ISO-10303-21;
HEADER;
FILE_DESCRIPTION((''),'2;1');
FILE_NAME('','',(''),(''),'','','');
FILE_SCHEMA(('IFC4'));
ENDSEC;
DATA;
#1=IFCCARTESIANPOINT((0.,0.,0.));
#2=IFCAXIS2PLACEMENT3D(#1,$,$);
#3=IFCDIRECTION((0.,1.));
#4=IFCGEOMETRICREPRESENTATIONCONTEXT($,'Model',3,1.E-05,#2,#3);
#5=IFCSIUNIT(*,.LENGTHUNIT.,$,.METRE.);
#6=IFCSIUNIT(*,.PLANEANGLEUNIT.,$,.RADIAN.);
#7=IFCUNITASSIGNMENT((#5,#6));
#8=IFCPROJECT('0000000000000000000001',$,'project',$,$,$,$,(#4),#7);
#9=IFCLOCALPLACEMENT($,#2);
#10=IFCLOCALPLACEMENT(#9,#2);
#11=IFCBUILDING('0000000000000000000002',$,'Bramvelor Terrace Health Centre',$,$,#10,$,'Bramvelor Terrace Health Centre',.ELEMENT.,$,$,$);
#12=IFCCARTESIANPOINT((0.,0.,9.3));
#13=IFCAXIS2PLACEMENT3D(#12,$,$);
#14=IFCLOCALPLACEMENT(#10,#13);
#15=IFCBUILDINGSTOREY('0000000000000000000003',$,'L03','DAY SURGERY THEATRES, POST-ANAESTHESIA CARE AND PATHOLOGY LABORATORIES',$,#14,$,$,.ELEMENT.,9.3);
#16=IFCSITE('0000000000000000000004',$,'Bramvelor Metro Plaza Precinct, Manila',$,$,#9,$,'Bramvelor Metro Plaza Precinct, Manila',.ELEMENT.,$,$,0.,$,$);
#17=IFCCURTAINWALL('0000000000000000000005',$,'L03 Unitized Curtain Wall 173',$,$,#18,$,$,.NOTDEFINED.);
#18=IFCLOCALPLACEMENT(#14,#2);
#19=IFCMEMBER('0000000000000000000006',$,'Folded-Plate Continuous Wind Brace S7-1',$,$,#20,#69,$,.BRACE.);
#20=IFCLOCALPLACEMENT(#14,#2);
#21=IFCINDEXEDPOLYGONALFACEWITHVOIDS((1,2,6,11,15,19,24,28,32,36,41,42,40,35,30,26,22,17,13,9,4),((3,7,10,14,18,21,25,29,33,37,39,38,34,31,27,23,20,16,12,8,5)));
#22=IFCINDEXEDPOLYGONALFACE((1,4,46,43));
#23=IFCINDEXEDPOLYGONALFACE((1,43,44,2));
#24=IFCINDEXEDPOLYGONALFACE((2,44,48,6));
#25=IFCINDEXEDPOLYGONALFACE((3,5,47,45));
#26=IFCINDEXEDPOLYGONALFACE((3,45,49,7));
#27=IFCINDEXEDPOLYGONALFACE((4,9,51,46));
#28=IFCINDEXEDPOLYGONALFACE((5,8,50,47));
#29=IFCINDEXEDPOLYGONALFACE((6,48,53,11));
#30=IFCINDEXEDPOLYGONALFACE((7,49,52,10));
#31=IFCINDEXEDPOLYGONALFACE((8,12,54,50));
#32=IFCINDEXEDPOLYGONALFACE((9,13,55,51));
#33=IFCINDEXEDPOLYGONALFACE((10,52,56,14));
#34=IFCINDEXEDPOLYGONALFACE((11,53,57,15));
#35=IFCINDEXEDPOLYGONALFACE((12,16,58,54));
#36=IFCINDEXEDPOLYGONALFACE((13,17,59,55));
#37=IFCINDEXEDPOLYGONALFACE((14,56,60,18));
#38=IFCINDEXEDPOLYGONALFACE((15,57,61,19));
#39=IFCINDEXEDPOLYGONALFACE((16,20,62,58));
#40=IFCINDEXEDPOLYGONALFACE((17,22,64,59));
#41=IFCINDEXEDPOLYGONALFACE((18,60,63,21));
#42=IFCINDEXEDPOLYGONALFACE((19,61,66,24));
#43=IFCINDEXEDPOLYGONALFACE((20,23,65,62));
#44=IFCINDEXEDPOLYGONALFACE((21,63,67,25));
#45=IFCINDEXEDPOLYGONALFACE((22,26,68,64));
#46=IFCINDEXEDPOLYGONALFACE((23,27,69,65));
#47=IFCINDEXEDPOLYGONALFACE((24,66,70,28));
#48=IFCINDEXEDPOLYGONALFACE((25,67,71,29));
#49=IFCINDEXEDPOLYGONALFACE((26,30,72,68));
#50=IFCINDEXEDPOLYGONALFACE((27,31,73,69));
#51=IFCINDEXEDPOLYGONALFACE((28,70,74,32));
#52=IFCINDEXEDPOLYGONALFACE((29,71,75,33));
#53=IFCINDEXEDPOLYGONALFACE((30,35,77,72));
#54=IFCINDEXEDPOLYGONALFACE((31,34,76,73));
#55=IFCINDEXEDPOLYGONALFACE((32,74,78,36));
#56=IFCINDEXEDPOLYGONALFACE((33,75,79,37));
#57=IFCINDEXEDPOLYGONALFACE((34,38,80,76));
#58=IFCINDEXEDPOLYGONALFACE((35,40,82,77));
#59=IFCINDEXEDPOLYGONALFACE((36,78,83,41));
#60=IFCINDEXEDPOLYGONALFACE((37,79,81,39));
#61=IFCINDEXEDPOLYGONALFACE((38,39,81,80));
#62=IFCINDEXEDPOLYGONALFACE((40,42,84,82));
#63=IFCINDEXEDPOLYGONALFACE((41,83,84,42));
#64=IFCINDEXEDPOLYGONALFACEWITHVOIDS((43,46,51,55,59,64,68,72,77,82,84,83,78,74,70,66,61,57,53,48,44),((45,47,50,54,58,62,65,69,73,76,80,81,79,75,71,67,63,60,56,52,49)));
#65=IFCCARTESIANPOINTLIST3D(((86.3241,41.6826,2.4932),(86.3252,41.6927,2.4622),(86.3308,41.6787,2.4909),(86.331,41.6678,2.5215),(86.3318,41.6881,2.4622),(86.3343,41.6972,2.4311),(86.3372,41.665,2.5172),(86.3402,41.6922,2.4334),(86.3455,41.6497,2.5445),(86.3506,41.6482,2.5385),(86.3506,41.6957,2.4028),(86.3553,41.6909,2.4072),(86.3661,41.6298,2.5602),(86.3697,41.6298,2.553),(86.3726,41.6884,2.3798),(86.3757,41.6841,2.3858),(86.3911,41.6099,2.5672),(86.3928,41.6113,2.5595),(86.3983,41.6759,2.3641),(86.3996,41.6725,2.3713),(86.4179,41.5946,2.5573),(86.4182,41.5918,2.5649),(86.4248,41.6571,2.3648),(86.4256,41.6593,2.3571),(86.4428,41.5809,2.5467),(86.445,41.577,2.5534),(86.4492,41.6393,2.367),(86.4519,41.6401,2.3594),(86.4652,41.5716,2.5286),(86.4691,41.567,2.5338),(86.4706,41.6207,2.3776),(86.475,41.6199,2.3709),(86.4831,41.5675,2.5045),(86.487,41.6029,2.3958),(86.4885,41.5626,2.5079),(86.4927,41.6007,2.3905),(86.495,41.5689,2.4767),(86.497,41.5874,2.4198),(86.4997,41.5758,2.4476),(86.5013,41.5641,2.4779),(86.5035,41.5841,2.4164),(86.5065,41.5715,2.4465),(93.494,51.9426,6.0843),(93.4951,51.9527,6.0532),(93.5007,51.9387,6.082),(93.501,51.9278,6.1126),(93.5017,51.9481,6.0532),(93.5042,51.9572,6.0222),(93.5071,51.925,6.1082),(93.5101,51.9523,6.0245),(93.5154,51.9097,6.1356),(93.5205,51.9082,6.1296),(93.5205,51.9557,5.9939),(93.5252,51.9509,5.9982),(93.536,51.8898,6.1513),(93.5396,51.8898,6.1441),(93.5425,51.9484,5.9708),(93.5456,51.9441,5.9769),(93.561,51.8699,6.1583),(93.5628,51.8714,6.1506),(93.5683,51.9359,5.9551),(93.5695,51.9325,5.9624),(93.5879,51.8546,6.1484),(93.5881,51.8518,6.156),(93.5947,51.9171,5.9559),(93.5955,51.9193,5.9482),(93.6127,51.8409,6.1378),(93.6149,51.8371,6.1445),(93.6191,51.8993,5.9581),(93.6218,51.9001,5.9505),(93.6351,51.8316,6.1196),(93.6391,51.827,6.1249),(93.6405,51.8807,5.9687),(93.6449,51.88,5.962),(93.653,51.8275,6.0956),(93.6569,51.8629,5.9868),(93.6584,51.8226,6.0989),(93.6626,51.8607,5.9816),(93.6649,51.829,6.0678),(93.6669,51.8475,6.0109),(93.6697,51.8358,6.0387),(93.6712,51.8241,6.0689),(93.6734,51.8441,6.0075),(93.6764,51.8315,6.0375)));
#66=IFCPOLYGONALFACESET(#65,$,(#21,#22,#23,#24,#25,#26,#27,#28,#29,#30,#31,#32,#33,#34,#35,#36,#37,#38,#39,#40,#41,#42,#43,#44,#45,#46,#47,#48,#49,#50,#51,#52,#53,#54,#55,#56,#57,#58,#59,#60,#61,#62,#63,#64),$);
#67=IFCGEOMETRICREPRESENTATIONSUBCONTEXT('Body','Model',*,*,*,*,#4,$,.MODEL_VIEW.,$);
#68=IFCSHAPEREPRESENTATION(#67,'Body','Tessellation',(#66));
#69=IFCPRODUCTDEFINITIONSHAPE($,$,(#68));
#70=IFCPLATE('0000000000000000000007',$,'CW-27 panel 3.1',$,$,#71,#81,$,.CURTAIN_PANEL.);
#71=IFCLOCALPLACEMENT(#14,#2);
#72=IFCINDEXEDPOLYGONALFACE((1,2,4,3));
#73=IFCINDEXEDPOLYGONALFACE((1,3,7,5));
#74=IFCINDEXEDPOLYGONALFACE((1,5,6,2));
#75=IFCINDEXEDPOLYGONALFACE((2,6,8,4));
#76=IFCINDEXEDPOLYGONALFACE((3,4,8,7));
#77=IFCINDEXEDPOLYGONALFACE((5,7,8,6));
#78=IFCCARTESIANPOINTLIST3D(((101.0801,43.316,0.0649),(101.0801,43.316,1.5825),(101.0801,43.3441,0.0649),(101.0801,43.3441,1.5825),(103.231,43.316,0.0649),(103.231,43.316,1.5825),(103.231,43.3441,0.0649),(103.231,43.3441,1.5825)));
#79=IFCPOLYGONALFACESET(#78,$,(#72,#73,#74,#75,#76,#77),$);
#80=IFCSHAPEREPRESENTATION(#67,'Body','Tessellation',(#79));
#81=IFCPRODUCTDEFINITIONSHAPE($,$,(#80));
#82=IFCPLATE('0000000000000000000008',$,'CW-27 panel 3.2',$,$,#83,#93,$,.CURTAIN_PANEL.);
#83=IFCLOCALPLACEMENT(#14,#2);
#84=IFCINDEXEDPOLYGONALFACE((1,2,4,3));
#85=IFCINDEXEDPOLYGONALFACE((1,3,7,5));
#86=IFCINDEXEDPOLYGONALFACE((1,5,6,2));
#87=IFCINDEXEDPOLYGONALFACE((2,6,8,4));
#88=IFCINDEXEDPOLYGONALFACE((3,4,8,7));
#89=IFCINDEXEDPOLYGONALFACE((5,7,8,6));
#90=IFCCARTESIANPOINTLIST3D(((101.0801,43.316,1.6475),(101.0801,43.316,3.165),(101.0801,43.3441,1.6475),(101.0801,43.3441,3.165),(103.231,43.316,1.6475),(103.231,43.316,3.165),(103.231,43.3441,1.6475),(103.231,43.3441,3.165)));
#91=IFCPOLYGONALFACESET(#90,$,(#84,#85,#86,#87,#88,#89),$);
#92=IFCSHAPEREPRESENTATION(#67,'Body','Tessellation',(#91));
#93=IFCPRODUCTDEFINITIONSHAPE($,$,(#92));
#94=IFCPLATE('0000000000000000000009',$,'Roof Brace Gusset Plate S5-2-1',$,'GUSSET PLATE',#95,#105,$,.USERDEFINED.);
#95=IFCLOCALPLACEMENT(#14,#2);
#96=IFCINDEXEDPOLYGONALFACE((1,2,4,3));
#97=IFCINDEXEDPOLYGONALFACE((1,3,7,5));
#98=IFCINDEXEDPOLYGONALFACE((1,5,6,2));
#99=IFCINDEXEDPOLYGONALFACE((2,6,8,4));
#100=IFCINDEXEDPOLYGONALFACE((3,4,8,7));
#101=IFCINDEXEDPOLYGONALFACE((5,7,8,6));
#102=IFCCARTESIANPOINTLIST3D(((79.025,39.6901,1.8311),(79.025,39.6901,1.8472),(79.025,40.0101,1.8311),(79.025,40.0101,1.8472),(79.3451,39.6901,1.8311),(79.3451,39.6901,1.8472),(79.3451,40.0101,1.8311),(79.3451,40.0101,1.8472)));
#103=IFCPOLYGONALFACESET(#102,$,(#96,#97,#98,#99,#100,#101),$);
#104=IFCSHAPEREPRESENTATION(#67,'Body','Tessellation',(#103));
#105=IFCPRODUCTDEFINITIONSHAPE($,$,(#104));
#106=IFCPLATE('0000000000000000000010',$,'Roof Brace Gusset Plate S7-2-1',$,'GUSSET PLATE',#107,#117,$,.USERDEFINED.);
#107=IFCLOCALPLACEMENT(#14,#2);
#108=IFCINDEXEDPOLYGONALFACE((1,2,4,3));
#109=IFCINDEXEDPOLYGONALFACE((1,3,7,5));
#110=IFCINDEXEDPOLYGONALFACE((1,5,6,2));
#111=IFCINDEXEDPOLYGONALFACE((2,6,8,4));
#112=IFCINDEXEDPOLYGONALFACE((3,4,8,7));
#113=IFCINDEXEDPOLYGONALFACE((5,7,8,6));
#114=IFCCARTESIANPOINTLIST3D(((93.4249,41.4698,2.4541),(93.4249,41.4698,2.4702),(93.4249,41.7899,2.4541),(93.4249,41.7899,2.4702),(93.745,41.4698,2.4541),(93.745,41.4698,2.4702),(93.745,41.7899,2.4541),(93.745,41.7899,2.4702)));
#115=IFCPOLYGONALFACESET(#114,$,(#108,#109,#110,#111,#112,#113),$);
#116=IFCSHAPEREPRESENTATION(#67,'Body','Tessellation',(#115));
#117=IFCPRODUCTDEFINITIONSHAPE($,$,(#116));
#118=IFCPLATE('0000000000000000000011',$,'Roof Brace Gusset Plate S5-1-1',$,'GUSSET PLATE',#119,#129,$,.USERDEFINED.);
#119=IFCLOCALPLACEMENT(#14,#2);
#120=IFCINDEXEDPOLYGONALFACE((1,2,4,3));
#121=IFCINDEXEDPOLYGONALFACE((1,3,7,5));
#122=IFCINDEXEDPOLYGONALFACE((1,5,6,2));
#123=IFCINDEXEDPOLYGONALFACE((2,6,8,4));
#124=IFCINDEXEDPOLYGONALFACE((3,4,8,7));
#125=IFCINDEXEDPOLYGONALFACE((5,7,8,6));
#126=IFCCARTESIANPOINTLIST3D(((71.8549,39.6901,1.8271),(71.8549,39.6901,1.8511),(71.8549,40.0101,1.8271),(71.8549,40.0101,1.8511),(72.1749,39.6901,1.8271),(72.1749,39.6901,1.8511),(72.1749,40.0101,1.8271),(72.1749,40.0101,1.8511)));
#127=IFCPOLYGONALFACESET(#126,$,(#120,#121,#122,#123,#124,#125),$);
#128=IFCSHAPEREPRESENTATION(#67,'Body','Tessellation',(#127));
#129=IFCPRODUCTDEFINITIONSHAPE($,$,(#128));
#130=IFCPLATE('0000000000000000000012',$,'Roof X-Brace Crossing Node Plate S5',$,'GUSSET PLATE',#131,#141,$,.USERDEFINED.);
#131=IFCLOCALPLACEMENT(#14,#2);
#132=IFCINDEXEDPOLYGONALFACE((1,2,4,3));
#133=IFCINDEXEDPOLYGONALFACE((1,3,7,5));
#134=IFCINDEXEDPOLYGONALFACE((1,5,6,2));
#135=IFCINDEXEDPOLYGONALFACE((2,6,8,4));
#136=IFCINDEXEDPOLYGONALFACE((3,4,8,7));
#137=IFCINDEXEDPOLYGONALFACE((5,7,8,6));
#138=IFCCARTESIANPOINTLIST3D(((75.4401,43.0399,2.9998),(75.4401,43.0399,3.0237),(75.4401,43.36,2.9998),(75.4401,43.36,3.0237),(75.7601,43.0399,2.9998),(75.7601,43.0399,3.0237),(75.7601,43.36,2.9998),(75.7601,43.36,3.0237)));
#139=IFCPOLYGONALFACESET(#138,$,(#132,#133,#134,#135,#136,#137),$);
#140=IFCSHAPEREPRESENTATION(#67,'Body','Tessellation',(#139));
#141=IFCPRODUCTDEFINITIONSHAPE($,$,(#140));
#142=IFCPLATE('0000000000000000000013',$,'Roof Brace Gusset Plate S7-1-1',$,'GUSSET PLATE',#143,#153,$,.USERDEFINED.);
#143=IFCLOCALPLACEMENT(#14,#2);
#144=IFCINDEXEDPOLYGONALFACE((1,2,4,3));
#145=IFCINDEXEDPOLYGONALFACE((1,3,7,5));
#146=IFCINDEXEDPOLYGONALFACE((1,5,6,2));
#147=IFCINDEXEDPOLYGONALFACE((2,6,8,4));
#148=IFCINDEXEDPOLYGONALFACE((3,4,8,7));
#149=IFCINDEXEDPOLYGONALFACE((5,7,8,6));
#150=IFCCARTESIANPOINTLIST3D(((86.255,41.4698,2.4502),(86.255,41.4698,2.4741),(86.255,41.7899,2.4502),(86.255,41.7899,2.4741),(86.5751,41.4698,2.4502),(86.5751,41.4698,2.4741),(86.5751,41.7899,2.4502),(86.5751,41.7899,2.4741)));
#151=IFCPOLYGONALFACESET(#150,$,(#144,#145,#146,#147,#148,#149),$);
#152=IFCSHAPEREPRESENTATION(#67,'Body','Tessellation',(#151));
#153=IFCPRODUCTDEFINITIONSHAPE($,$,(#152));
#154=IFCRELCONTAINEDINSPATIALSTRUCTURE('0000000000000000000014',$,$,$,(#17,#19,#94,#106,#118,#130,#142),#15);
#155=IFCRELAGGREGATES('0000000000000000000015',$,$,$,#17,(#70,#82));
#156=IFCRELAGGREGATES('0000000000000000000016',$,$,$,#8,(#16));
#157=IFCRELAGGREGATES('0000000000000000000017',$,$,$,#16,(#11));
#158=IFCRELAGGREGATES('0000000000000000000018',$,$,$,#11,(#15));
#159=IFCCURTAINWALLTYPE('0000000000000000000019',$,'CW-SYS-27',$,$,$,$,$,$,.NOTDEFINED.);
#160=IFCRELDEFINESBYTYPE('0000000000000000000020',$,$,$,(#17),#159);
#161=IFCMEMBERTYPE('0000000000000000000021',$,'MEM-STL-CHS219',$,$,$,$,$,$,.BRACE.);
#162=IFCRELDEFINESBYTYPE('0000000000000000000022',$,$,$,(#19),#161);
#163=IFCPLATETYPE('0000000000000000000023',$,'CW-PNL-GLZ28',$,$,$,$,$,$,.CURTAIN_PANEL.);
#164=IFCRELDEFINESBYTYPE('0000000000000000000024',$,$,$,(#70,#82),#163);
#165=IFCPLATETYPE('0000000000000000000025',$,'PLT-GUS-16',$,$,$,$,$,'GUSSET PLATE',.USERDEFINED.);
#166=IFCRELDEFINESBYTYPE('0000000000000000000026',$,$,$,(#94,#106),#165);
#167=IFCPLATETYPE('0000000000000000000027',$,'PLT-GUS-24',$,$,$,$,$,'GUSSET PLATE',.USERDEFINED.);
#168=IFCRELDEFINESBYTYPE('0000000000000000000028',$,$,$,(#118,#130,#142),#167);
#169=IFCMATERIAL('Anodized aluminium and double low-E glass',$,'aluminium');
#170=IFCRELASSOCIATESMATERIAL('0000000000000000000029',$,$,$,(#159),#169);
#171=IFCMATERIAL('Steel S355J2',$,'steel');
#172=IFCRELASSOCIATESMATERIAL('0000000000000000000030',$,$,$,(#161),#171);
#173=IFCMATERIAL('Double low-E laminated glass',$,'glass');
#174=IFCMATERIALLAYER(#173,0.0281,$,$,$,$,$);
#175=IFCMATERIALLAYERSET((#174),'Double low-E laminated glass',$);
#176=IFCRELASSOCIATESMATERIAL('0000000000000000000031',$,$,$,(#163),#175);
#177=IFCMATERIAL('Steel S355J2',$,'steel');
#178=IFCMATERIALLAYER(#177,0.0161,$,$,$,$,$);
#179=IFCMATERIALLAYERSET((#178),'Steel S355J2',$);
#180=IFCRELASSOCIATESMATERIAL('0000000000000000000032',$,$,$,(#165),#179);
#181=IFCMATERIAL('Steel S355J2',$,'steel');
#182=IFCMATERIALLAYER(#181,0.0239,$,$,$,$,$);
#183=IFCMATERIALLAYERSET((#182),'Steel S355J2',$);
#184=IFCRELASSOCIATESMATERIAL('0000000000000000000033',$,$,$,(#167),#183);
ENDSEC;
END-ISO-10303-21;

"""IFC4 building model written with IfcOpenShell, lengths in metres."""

from ifc_helpers import new_model, si_unit, direction, frame, origin, origin_2d, place, context, subcontext, project, spatial, rectangle, hollow_circle, extrude, material, layer, layer_set, material_profile, profile_set, type_object, element, aggregate, save


model = new_model("IFC4")

# Units and contexts
model_context = context("Model", 3, precision=1e-05, world=origin(), true_north=direction((0.0, 1.0)))
body_context = subcontext(model_context, "Body", "Model", "MODEL_VIEW")
ifc_project = project(units=[si_unit("LENGTHUNIT", "METRE"), si_unit("PLANEANGLEUNIT", "RADIAN")], contexts=[model_context])

# Site, building, storey
site_placement = place(None, origin())
site = spatial("IfcSite", under=ifc_project, at=site_placement, Name="Bramvelor Metro Plaza Precinct, Manila", LongName="Bramvelor Metro Plaza Precinct, Manila", CompositionType="ELEMENT", RefElevation=0.0)
building_placement = place(site_placement, origin())
building = spatial("IfcBuilding", under=site, at=building_placement, Name="Bramvelor Terrace Health Centre", LongName="Bramvelor Terrace Health Centre", CompositionType="ELEMENT")
storey_placement = place(building_placement, frame((0.0, 0.0, 9.3)))
storey = spatial("IfcBuildingStorey", under=building, at=storey_placement, Name="L03", Description="DAY SURGERY THEATRES, POST-ANAESTHESIA CARE AND PATHOLOGY LABORATORIES", CompositionType="ELEMENT", Elevation=9.3)

# Curtain wall
ifc_material_1 = material(Name="Anodized aluminium and double low-E glass", Category="aluminium")
curtain_wall_type = type_object("IfcCurtainWallType", Name="CW-SYS-27", PredefinedType="NOTDEFINED", material=ifc_material_1)
curtain_wall_placement = place(storey_placement, origin())
curtain_wall = element("IfcCurtainWall", 1, at=curtain_wall_placement, inside=storey, type_object=curtain_wall_type, Name="L03 Unitized Curtain Wall 173", PredefinedType="NOTDEFINED")

# Member
ifc_material_2 = material(Name="Steel S355J2", Category="steel")
ifc_material_profile_1 = material_profile(ifc_material_2, hollow_circle(Radius=0.1096, WallThickness=0.0081, at=origin_2d()), Name="CHS 219.1x8.0")
ifc_profile_set_1 = profile_set([ifc_material_profile_1], Name="Steel S355J2")
member_type_1 = type_object("IfcMemberType", Name="MEM-STL-CHS219", PredefinedType="BRACE", material=ifc_profile_set_1)
member_1_placement = place(storey_placement, frame((86.415, 41.6299, 2.4622), z_axis=(0.550603, 0.787901, 0.27577), x_axis=(-0.819685, 0.572814, 0.0)))
element("IfcMember", 2, at=member_1_placement, inside=storey, type_object=member_type_1, Name="Folded-Plate Continuous Wind Brace S7-1", PredefinedType="BRACE", context=body_context, shape_type="SweptSolid", body=[
    extrude(hollow_circle(Radius=0.1096, WallThickness=0.0081, at=origin_2d()), origin(), (0.0, 0.0, 1.0), 13.022),
])

# Plates
ifc_material_3 = material(Name="Double low-E laminated glass", Category="glass")
ifc_layer_1 = layer(ifc_material_3, 0.0281)
ifc_layer_set_1 = layer_set([ifc_layer_1], Name="Double low-E laminated glass")
plate_type_1 = type_object("IfcPlateType", Name="CW-PNL-GLZ28", PredefinedType="CURTAIN_PANEL", material=ifc_layer_set_1)
plate_1_placement = place(storey_placement, frame((102.1555, 43.3301, 0.0649), z_axis=(0.0, 0.0, 1.0), x_axis=(-1.0, 0.0, 0.0)))
plate_1 = element("IfcPlate", 3, at=plate_1_placement, type_object=plate_type_1, Name="CW-27 panel 3.1", PredefinedType="CURTAIN_PANEL", context=body_context, shape_type="SweptSolid", body=[
    extrude(rectangle(XDim=2.1509, YDim=0.0281, at=origin_2d()), origin(), (0.0, 0.0, 1.0), 1.5176),
])
plate_2_placement = place(storey_placement, frame((102.1555, 43.3301, 1.6475), z_axis=(0.0, 0.0, 1.0), x_axis=(-1.0, 0.0, 0.0)))
plate_2 = element("IfcPlate", 4, at=plate_2_placement, type_object=plate_type_1, Name="CW-27 panel 3.2", PredefinedType="CURTAIN_PANEL", context=body_context, shape_type="SweptSolid", body=[
    extrude(rectangle(XDim=2.1509, YDim=0.0281, at=origin_2d()), origin(), (0.0, 0.0, 1.0), 1.5176),
])
aggregate(curtain_wall, [plate_1, plate_2])

# Plates
ifc_material_4 = material(Name="Steel S355J2", Category="steel")
ifc_layer_2 = layer(ifc_material_4, 0.0161)
ifc_layer_set_2 = layer_set([ifc_layer_2], Name="Steel S355J2")
plate_type_2 = type_object("IfcPlateType", Name="PLT-GUS-16", ElementType="GUSSET PLATE", PredefinedType="USERDEFINED", material=ifc_layer_set_2)
for number, where, z_axis, x_axis, name in (
    (5, (79.1851, 39.8501, 1.8311), (0.0, 0.0, 1.0), (1.0, 0.0, 0.0), "Roof Brace Gusset Plate S5-2-1"),
    (6, (93.585, 41.6299, 2.4541), (0.0, 0.0, 1.0), (1.0, 0.0, 0.0), "Roof Brace Gusset Plate S7-2-1"),
):
    element("IfcPlate", number, at=place(storey_placement, frame(where, z_axis=z_axis, x_axis=x_axis)), inside=storey, type_object=plate_type_2, Name=name, ObjectType="GUSSET PLATE", PredefinedType="USERDEFINED", context=body_context, shape_type="SweptSolid", body=[
        extrude(rectangle(XDim=0.3201, YDim=0.3201, at=origin_2d()), origin(), (0.0, 0.0, 1.0), 0.0161),
    ])
ifc_material_5 = material(Name="Steel S355J2", Category="steel")
ifc_layer_3 = layer(ifc_material_5, 0.0239)
ifc_layer_set_3 = layer_set([ifc_layer_3], Name="Steel S355J2")
plate_type_3 = type_object("IfcPlateType", Name="PLT-GUS-24", ElementType="GUSSET PLATE", PredefinedType="USERDEFINED", material=ifc_layer_set_3)
for number, where, z_axis, x_axis, name in (
    (7, (72.0149, 39.8501, 1.8271), (0.0, 0.0, 1.0), (1.0, 0.0, 0.0), "Roof Brace Gusset Plate S5-1-1"),
    (8, (75.6001, 43.2, 2.9998), (0.0, 0.0, 1.0), (1.0, 0.0, 0.0), "Roof X-Brace Crossing Node Plate S5"),
    (9, (86.415, 41.6299, 2.4502), (0.0, 0.0, 1.0), (1.0, 0.0, 0.0), "Roof Brace Gusset Plate S7-1-1"),
):
    element("IfcPlate", number, at=place(storey_placement, frame(where, z_axis=z_axis, x_axis=x_axis)), inside=storey, type_object=plate_type_3, Name=name, ObjectType="GUSSET PLATE", PredefinedType="USERDEFINED", context=body_context, shape_type="SweptSolid", body=[
        extrude(rectangle(XDim=0.3201, YDim=0.3201, at=origin_2d()), origin(), (0.0, 0.0, 1.0), 0.0239),
    ])

save(model, "model.ifc")
